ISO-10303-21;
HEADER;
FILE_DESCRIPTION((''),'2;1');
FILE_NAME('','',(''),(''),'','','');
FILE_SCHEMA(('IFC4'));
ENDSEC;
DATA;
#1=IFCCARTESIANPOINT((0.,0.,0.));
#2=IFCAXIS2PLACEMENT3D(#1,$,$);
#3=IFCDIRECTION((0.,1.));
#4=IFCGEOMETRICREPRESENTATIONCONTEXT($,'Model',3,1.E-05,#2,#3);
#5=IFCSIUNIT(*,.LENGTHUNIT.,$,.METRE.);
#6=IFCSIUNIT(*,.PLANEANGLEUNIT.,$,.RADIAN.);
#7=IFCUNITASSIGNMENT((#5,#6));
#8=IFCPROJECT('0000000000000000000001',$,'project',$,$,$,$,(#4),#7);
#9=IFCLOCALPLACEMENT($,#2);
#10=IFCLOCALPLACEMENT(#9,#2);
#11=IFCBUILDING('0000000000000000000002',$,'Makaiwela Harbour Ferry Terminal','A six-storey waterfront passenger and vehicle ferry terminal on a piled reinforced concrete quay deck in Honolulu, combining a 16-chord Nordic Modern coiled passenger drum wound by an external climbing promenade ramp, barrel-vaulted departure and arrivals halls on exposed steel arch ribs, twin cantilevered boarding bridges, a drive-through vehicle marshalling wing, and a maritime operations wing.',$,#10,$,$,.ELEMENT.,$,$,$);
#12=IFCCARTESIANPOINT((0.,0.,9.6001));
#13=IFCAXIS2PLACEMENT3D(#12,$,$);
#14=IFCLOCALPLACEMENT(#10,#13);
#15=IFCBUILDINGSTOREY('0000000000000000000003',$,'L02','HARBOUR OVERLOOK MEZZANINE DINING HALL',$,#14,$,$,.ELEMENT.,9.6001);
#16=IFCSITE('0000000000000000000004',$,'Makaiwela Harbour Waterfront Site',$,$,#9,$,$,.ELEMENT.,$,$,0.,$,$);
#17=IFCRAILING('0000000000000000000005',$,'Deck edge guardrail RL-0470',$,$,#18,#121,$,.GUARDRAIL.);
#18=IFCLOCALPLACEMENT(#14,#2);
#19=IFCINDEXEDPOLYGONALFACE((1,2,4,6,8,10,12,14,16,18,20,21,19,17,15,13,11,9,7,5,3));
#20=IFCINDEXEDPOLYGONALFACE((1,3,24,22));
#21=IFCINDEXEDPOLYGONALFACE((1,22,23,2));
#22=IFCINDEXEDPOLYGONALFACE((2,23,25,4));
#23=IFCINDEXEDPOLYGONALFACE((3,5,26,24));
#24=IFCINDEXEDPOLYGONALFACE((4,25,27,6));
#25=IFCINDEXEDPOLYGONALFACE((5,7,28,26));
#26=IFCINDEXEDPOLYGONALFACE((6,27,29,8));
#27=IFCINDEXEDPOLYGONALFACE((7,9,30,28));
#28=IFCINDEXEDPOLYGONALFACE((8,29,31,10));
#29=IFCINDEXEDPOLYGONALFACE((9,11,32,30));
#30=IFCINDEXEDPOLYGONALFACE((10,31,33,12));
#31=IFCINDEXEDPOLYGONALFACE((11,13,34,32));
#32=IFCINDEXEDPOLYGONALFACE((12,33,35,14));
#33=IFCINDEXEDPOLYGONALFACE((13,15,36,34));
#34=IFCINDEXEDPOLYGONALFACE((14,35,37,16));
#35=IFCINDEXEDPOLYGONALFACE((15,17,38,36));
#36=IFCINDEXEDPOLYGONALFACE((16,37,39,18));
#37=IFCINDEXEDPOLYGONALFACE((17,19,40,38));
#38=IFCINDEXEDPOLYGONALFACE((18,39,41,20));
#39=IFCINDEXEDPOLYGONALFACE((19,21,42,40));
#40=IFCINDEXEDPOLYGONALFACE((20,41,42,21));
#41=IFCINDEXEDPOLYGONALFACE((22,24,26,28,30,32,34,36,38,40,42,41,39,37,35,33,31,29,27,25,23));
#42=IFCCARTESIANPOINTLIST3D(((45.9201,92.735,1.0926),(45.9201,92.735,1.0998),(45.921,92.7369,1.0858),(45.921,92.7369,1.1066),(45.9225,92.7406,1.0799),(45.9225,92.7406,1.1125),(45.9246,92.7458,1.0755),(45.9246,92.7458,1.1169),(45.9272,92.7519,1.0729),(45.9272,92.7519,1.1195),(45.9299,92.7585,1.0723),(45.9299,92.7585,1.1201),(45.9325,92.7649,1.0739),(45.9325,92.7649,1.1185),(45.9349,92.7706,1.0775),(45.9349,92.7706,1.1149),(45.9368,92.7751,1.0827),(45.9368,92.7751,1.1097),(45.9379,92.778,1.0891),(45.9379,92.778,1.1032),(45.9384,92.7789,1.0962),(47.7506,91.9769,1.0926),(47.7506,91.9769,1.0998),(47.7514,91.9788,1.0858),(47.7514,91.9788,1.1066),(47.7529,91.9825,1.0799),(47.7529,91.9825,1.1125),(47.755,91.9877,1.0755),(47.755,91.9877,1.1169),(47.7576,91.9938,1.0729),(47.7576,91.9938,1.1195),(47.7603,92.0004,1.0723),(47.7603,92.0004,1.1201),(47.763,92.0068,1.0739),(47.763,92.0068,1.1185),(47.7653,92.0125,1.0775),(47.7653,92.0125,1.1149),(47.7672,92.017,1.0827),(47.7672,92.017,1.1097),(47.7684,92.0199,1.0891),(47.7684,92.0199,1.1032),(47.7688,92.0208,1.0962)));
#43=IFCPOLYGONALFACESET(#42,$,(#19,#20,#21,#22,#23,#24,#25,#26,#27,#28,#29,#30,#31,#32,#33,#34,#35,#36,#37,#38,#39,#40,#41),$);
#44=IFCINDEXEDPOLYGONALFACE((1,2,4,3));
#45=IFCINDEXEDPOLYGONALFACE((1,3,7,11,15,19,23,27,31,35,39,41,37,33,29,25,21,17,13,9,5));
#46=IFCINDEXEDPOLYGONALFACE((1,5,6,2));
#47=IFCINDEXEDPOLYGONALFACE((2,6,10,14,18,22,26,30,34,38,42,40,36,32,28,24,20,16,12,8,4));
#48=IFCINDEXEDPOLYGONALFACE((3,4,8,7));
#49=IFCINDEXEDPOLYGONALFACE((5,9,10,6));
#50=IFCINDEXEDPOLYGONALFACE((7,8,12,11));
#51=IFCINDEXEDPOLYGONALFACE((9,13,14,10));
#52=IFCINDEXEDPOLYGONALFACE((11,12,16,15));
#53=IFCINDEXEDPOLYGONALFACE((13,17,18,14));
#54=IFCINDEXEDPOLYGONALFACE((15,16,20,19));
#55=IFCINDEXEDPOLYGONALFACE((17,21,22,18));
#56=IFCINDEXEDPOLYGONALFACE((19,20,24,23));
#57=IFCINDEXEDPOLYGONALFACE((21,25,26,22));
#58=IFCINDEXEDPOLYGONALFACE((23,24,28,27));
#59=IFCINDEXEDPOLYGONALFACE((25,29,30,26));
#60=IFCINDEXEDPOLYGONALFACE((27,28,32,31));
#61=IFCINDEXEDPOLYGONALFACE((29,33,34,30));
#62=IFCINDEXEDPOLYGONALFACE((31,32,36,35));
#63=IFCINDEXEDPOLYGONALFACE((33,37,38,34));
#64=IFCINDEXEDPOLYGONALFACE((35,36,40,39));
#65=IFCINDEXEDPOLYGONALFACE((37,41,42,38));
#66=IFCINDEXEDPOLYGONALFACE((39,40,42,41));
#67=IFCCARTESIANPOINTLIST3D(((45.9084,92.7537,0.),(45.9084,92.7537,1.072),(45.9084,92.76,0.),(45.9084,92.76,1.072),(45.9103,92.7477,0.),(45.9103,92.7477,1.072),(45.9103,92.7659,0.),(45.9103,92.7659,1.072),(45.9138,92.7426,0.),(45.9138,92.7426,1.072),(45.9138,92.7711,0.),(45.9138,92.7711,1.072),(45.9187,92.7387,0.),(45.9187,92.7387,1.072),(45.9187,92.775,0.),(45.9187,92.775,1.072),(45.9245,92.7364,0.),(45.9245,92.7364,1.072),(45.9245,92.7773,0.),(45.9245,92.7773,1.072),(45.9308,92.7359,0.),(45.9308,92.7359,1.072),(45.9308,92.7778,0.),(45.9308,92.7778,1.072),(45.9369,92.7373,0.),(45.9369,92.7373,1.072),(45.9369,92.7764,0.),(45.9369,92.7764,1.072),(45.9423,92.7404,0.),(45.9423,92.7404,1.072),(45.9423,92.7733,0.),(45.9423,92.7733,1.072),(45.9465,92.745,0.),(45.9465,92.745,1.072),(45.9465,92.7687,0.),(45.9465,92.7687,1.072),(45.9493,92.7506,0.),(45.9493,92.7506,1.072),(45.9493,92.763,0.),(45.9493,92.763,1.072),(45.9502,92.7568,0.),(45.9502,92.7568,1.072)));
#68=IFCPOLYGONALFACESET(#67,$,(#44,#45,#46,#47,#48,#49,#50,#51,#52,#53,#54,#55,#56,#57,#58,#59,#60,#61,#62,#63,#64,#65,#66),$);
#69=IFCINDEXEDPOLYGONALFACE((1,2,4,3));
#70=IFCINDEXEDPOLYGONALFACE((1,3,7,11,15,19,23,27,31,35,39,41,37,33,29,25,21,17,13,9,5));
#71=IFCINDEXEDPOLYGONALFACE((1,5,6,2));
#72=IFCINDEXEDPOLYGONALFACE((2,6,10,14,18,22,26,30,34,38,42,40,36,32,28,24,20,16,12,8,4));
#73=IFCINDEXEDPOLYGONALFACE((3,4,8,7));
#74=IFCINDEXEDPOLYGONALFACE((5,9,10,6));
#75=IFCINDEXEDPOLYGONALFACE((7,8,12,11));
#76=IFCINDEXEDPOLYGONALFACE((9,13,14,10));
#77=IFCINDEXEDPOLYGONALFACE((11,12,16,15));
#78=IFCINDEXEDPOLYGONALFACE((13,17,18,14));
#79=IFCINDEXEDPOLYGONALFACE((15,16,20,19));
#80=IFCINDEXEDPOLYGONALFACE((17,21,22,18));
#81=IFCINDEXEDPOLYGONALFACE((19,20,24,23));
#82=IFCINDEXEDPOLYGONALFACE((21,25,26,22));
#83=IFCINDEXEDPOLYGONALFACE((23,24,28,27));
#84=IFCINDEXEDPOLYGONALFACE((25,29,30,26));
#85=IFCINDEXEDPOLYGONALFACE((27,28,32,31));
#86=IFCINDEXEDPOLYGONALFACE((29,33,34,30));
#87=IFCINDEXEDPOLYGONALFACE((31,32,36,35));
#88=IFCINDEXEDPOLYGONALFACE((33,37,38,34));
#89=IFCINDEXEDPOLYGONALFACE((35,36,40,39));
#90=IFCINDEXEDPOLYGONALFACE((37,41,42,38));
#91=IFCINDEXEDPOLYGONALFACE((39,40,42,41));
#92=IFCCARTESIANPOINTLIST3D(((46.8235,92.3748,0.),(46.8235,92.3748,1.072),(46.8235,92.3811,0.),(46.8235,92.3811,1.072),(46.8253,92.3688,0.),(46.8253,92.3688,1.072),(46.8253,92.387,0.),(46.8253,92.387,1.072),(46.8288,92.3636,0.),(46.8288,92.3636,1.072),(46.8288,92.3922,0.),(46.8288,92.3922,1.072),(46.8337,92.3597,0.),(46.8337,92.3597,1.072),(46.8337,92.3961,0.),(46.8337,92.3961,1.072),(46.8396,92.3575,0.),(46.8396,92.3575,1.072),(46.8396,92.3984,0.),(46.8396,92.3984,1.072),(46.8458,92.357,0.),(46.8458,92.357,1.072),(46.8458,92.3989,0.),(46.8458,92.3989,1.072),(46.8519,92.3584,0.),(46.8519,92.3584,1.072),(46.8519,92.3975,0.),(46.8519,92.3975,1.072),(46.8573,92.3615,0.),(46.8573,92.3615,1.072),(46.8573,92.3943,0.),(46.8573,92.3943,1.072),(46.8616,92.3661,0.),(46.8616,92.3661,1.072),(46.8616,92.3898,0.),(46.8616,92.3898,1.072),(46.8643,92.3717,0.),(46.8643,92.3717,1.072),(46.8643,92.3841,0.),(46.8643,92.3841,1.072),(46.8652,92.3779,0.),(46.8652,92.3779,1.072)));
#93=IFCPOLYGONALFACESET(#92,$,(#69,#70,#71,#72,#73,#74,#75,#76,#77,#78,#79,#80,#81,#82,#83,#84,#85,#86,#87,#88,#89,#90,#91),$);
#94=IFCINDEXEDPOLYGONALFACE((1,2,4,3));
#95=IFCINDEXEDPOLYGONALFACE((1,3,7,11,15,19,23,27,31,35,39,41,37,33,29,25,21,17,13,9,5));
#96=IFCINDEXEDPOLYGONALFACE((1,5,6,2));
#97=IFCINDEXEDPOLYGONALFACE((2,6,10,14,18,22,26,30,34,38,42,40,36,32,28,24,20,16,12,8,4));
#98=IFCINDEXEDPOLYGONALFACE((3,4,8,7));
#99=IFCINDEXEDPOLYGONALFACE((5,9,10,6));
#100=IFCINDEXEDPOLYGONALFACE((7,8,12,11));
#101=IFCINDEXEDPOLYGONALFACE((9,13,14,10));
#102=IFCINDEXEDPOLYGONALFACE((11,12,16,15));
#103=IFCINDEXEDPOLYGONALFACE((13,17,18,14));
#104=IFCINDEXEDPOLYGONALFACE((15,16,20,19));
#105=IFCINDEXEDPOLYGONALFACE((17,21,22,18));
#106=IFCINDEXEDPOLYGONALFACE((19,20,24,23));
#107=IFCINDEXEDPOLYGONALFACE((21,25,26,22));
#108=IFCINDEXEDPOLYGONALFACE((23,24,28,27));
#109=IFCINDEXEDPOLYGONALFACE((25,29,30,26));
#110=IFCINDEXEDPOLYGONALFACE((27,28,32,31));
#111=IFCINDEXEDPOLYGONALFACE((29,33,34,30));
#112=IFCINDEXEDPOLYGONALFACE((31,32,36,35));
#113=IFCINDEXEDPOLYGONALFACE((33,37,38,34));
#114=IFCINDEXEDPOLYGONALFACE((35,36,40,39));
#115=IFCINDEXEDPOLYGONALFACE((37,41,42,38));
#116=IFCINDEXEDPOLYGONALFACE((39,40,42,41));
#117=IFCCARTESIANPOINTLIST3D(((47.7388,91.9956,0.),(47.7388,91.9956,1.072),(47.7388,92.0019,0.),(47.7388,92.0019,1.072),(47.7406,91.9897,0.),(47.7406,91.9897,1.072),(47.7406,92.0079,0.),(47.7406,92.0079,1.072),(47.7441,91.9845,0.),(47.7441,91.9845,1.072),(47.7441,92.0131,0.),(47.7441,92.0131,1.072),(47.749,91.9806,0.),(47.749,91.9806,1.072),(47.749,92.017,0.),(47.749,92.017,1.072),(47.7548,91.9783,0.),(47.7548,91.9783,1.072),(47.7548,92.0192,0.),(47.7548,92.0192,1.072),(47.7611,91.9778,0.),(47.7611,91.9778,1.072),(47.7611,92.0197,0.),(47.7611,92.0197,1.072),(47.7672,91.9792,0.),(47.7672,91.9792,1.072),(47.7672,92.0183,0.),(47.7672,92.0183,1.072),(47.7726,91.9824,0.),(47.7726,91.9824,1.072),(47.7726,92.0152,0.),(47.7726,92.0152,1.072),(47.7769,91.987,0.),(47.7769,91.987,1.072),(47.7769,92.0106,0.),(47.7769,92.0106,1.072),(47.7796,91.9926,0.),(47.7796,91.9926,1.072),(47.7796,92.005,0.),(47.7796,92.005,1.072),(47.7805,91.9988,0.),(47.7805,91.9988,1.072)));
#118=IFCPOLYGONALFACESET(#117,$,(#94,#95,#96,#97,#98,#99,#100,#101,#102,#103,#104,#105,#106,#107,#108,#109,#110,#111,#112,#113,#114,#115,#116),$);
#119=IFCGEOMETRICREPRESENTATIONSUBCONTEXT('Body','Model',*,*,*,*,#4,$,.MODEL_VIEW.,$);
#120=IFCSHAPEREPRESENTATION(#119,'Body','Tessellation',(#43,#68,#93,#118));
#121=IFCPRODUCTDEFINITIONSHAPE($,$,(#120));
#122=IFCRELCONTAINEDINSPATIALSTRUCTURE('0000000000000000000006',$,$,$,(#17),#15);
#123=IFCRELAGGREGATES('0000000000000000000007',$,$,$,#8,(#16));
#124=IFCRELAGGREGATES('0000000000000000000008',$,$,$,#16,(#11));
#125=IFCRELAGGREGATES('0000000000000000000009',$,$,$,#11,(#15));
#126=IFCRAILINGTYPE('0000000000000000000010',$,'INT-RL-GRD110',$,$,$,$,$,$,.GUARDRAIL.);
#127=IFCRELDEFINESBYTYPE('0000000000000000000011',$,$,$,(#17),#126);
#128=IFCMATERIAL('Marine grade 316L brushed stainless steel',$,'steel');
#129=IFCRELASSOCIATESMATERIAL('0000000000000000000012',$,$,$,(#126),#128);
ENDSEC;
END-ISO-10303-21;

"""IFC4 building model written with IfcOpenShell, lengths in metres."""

from ifc_helpers import new_model, si_unit, direction, frame, origin, origin_2d, place, context, subcontext, project, spatial, circle, extrude, material, type_object, element, save


model = new_model("IFC4")

# Units and contexts
model_context = context("Model", 3, precision=1e-05, world=origin(), true_north=direction((0.0, 1.0)))
body_context = subcontext(model_context, "Body", "Model", "MODEL_VIEW")
ifc_project = project(units=[si_unit("LENGTHUNIT", "METRE"), si_unit("PLANEANGLEUNIT", "RADIAN")], contexts=[model_context])

# Site, building, storey
site_placement = place(None, origin())
site = spatial("IfcSite", under=ifc_project, at=site_placement, Name="Makaiwela Harbour Waterfront Site", CompositionType="ELEMENT", RefElevation=0.0)
building_placement = place(site_placement, origin())
building = spatial("IfcBuilding", under=site, at=building_placement, Name="Makaiwela Harbour Ferry Terminal", Description="A six-storey waterfront passenger and vehicle ferry terminal on a piled reinforced concrete quay deck in Honolulu, combining a 16-chord Nordic Modern coiled passenger drum wound by an external climbing promenade ramp, barrel-vaulted departure and arrivals halls on exposed steel arch ribs, twin cantilevered boarding bridges, a drive-through vehicle marshalling wing, and a maritime operations wing.", CompositionType="ELEMENT")
storey_placement = place(building_placement, frame((0.0, 0.0, 9.6001)))
storey = spatial("IfcBuildingStorey", under=building, at=storey_placement, Name="L02", Description="HARBOUR OVERLOOK MEZZANINE DINING HALL", CompositionType="ELEMENT", Elevation=9.6001)

# Railing
ifc_material_1 = material(Name="Marine grade 316L brushed stainless steel", Category="steel")
railing_type_1 = type_object("IfcRailingType", Name="INT-RL-GRD110", PredefinedType="GUARDRAIL", material=ifc_material_1)
railing_1_placement = place(storey_placement, frame((45.9292, 92.7568, 0.0)))
element("IfcRailing", 1, at=railing_1_placement, inside=storey, type_object=railing_type_1, Name="Deck edge guardrail RL-0470", PredefinedType="GUARDRAIL", context=body_context, shape_type="SweptSolid", body=[
    extrude(circle(Radius=0.0239, at=origin_2d()), frame((0.0, 0.0, 1.0962), z_axis=(0.923895, -0.382646, 0.0), x_axis=(0.382646, 0.923895, 0.0)), (0.0, 0.0, 1.0), 1.9812),
    extrude(circle(Radius=0.021, at=origin_2d()), origin(), (0.0, 0.0, 1.0), 1.072),
    extrude(circle(Radius=0.021, at=origin_2d()), frame((0.915, -0.3789, 0.0)), (0.0, 0.0, 1.0), 1.072),
    extrude(circle(Radius=0.021, at=origin_2d()), frame((1.8303, -0.7581, 0.0)), (0.0, 0.0, 1.0), 1.072),
])

save(model, "model.ifc")
